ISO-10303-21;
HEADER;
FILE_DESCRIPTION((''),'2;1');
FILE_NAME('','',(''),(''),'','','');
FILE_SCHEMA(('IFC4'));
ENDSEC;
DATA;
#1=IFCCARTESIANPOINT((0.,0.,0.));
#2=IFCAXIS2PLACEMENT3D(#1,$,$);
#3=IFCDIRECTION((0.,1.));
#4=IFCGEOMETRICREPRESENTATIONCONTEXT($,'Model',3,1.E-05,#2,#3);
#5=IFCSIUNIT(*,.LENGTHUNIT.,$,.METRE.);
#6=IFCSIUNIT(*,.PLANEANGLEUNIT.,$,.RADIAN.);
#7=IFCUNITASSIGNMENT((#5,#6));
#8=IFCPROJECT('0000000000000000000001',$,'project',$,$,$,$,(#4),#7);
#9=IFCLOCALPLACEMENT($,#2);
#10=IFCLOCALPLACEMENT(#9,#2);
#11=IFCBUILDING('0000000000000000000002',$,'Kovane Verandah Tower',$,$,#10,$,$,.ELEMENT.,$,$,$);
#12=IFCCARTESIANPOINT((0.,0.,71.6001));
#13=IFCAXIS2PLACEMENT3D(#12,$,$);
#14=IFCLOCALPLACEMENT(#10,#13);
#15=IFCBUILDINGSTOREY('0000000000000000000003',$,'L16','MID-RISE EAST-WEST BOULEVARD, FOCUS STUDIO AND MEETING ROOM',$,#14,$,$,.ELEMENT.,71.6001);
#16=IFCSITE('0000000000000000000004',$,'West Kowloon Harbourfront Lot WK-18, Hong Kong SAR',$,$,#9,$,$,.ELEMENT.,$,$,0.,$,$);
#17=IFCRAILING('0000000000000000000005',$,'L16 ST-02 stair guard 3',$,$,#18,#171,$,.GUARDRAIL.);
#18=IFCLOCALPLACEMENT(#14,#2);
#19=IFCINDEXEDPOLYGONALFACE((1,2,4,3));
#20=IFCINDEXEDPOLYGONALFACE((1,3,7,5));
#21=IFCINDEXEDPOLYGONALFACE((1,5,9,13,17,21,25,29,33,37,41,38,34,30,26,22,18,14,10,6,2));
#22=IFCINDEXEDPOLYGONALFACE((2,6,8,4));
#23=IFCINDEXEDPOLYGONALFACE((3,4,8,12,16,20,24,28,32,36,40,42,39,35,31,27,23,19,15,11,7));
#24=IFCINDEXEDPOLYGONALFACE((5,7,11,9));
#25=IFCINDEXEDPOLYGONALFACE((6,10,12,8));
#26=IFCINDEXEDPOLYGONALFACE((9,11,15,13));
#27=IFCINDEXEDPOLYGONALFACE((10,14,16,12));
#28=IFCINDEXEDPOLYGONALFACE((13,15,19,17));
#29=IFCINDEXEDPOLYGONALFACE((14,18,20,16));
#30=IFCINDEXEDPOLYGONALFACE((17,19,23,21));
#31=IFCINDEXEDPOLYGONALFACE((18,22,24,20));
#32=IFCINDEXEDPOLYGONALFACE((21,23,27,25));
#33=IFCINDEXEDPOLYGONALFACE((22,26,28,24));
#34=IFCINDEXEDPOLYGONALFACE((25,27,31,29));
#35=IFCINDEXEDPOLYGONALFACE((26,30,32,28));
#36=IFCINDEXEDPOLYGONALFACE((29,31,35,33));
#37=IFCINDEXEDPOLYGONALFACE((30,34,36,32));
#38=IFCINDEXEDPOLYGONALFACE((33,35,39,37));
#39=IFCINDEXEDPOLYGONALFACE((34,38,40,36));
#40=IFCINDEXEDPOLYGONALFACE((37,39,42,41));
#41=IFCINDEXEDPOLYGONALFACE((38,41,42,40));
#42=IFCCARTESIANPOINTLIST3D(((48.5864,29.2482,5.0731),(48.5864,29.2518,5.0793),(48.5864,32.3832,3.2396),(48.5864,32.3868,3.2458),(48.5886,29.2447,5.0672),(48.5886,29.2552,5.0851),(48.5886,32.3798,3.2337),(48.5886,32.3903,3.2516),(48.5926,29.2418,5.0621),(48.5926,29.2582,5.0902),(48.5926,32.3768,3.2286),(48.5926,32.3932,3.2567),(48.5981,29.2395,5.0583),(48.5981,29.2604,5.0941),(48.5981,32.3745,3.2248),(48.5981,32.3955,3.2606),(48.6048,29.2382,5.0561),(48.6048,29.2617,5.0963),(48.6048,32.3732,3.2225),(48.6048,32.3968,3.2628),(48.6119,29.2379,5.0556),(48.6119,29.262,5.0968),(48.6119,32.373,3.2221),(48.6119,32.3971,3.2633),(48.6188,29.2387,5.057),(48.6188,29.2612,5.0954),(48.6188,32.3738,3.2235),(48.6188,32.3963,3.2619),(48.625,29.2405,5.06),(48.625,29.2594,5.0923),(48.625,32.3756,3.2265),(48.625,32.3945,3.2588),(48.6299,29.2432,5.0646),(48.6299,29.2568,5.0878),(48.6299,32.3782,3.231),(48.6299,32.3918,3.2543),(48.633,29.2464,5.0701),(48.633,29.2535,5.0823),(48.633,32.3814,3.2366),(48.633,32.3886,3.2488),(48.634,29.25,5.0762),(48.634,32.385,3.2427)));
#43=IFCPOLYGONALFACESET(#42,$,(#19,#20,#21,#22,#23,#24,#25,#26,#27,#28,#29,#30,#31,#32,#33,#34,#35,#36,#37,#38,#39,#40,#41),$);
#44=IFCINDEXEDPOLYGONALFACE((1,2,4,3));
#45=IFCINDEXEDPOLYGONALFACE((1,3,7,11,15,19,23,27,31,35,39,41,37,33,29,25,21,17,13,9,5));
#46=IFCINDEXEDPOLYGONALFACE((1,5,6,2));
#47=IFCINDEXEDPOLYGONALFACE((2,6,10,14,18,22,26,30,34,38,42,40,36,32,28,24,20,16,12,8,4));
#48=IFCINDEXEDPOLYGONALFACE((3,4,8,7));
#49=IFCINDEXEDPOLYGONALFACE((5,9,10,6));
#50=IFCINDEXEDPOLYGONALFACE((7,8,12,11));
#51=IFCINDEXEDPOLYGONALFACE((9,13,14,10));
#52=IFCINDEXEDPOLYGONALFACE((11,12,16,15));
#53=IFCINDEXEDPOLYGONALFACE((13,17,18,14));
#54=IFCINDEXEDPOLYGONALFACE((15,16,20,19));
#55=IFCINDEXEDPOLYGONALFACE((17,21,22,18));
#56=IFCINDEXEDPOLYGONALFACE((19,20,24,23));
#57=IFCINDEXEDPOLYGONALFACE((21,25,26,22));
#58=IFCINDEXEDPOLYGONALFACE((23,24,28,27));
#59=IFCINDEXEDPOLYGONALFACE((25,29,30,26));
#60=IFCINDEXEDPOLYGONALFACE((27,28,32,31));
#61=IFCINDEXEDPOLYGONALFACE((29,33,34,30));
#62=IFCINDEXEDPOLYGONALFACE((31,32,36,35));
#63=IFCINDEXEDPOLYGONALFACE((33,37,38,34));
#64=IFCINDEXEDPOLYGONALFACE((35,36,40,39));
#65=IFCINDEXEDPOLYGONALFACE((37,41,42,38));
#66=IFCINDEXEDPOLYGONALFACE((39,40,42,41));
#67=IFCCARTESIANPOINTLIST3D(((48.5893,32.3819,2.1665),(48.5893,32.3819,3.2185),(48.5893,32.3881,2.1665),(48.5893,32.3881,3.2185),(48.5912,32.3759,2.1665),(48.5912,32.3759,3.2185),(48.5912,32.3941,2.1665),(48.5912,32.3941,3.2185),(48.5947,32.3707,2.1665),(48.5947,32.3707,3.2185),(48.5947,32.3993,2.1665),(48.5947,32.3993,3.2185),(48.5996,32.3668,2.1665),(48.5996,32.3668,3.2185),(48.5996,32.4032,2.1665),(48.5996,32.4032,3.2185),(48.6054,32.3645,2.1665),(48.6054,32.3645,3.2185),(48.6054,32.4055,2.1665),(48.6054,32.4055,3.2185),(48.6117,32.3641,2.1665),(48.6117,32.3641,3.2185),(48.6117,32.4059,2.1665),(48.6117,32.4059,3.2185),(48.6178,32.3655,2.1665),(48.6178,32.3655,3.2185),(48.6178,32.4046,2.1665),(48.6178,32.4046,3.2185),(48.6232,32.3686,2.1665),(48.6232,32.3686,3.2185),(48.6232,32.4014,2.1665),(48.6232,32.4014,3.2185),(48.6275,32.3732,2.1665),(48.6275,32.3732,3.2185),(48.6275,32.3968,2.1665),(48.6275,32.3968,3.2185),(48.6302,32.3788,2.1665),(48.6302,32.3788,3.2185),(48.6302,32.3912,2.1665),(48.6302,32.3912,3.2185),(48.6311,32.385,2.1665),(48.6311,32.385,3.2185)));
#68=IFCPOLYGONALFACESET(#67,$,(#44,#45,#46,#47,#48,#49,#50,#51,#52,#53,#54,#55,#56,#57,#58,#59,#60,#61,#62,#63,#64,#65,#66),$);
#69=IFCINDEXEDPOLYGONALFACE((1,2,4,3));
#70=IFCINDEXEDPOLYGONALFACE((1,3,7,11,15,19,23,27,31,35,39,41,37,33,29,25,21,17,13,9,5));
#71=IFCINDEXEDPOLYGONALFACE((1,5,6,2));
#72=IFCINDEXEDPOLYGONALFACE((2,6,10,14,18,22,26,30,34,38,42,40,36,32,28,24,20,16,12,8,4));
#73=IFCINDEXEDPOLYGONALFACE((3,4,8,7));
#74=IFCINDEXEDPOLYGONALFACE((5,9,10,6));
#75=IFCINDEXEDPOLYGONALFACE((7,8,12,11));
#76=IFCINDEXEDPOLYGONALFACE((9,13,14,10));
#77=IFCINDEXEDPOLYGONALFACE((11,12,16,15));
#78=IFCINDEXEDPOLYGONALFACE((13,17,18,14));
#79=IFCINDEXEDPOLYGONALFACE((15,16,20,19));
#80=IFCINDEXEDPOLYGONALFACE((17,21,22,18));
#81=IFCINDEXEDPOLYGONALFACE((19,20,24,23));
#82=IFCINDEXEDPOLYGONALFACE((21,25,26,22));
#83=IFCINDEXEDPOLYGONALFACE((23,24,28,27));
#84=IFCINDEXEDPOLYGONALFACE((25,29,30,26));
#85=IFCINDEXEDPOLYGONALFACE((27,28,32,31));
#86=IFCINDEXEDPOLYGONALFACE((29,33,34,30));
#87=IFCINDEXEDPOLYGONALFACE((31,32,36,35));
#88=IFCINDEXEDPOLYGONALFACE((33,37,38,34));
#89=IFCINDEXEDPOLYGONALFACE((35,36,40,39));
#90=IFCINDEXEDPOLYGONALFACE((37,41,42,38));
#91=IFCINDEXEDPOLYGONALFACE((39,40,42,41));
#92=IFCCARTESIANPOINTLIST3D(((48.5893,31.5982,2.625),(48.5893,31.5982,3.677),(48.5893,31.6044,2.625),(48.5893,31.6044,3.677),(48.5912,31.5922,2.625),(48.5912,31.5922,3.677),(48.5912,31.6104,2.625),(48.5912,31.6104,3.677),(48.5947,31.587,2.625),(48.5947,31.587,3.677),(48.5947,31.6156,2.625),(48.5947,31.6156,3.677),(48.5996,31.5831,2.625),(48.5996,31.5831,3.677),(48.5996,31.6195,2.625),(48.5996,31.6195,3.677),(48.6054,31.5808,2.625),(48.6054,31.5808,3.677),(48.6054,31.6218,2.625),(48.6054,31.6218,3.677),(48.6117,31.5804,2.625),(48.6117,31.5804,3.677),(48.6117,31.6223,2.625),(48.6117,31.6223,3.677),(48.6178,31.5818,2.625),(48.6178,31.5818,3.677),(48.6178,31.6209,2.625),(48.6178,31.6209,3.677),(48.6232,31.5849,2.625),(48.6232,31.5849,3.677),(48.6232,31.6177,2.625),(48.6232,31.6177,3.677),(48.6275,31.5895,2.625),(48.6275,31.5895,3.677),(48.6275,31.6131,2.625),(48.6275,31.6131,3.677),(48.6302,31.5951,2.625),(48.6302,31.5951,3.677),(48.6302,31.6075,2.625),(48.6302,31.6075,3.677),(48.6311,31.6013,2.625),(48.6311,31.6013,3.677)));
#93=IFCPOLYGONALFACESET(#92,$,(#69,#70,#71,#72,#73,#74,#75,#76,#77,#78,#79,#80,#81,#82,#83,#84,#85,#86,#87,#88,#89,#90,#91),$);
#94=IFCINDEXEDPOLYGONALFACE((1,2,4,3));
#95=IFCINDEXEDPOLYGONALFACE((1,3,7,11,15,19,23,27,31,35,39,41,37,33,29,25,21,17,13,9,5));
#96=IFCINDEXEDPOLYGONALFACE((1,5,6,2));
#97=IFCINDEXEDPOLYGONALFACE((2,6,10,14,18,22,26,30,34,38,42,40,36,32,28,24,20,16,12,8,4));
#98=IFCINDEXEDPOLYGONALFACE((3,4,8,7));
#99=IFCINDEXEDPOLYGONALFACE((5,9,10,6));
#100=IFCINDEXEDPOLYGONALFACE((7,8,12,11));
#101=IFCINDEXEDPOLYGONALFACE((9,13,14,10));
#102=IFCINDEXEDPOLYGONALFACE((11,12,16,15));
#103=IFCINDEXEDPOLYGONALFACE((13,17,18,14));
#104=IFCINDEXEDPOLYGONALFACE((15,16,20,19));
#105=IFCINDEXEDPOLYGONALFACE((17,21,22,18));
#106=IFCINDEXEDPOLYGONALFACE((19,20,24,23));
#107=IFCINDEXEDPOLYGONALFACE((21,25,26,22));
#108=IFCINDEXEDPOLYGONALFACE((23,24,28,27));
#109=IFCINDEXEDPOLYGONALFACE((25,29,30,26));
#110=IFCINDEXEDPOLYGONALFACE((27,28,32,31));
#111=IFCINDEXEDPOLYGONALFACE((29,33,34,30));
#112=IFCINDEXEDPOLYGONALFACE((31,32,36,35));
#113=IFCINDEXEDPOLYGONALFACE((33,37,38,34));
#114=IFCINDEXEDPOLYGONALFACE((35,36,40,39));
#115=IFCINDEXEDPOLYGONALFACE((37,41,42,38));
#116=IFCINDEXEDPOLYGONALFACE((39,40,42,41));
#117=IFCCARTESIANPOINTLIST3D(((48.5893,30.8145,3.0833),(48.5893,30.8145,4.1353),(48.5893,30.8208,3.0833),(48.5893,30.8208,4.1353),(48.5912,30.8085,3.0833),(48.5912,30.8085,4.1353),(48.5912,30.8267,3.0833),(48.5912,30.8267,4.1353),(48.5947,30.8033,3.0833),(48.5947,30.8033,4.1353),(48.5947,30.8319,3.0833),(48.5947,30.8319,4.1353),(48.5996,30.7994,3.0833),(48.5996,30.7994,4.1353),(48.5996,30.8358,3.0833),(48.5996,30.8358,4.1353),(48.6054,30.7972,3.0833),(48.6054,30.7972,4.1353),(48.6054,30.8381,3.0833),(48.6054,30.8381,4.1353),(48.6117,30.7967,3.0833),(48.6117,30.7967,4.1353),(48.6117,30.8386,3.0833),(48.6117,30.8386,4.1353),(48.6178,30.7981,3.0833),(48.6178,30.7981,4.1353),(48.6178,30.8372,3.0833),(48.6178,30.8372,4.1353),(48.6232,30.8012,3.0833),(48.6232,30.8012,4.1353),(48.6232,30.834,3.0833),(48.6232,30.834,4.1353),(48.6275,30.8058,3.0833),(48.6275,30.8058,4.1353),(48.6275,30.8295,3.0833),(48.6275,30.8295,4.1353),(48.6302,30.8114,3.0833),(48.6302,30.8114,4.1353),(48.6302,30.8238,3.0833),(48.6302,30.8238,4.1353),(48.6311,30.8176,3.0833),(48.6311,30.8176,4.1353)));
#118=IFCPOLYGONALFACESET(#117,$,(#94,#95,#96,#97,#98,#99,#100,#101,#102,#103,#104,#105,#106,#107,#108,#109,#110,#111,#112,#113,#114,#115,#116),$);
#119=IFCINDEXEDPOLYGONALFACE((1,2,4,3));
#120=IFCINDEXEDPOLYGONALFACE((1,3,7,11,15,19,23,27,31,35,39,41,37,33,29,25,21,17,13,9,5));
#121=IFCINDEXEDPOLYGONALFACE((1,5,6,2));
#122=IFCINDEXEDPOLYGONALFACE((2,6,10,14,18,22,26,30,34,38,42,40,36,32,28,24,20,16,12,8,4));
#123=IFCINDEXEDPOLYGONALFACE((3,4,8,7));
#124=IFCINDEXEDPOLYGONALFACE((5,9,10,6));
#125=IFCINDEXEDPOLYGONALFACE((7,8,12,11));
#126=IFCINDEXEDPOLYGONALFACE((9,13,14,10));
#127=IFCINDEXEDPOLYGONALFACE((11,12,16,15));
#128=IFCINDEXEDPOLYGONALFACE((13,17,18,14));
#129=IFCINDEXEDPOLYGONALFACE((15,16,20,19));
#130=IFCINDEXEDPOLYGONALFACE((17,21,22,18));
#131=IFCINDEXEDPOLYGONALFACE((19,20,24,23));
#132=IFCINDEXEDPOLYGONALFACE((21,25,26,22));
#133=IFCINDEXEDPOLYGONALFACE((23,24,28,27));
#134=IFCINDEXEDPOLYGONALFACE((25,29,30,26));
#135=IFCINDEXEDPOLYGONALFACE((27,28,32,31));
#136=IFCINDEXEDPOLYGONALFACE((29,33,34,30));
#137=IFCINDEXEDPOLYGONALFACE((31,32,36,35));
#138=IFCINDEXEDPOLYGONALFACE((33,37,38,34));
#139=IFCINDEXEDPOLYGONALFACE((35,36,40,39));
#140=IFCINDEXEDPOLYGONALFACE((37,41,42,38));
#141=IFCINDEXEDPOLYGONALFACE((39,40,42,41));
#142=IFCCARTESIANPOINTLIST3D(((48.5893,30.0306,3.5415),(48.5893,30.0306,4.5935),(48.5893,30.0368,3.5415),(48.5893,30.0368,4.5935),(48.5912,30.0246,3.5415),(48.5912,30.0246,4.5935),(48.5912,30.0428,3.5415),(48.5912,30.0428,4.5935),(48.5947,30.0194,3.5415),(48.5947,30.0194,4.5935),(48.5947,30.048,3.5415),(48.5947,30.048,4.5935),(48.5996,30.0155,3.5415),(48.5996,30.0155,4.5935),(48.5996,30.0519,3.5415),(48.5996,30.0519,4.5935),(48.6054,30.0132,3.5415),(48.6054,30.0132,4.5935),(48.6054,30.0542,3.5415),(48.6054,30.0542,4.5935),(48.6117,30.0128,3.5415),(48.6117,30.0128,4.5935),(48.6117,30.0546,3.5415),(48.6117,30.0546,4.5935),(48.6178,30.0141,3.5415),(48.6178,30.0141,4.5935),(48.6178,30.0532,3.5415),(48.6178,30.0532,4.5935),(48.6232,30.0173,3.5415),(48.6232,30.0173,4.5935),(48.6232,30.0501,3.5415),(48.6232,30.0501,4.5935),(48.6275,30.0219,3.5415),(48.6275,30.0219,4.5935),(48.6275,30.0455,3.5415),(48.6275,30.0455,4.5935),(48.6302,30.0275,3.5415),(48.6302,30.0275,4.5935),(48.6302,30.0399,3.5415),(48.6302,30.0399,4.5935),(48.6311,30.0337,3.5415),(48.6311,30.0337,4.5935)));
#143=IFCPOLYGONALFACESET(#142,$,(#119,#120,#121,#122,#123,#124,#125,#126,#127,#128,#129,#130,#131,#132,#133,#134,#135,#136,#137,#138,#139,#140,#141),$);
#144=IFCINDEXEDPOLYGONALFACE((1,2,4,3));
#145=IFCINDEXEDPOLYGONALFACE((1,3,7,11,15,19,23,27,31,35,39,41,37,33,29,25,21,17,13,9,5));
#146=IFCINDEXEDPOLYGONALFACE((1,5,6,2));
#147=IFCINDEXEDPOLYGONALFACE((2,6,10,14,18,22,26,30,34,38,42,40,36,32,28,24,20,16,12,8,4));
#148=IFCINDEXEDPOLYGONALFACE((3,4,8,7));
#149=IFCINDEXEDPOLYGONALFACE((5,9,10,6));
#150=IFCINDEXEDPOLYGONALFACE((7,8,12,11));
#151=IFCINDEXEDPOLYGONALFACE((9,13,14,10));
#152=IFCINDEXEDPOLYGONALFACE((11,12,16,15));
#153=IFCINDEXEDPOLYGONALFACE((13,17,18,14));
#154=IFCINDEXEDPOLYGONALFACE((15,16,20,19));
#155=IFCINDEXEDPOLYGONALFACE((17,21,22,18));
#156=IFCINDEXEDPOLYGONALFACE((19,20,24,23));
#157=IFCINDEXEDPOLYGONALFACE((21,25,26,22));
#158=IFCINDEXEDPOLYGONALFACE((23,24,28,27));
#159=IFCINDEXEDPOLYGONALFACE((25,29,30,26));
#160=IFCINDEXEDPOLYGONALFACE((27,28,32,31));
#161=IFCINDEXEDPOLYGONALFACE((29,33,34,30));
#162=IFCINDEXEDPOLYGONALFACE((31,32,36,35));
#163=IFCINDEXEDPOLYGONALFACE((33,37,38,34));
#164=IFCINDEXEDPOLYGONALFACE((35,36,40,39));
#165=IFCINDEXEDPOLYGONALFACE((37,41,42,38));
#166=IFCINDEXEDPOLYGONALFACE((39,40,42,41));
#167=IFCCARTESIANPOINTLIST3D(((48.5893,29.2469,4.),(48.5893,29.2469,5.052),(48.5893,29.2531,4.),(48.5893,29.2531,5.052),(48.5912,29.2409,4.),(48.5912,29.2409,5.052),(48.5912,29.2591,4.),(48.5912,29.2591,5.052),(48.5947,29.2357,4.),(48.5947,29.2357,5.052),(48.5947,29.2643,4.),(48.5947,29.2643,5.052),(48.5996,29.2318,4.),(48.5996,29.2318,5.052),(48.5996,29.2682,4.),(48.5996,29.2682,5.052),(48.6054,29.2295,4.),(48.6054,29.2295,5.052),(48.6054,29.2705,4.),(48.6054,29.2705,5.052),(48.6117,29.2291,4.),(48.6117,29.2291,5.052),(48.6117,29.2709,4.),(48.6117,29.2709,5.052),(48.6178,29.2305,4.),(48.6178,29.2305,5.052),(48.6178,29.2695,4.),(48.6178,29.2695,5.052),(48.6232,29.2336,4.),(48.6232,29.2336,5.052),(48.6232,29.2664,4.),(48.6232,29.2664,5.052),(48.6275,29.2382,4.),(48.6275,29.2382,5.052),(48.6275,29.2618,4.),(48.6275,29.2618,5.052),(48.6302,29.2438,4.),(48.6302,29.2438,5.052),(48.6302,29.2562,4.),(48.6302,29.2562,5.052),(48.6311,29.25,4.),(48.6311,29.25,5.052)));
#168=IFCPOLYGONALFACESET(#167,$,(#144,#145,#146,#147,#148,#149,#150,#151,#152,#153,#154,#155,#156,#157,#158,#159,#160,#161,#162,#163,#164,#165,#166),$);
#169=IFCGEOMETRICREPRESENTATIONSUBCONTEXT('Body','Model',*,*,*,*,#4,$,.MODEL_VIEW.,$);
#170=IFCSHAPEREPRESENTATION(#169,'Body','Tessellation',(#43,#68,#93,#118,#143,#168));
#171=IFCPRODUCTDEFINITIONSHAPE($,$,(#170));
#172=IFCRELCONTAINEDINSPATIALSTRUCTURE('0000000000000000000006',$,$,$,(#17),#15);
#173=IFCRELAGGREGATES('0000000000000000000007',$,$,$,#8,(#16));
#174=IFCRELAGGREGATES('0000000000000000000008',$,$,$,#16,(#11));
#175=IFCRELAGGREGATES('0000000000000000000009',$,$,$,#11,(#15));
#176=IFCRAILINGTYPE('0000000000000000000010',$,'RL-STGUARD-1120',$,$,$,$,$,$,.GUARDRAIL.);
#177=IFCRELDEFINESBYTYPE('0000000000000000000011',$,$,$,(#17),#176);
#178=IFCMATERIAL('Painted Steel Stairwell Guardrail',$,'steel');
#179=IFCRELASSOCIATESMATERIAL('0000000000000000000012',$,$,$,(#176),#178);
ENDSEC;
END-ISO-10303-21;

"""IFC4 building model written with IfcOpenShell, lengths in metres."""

from ifc_helpers import new_model, si_unit, direction, frame, origin, origin_2d, place, context, subcontext, project, spatial, circle, extrude, material, type_object, element, save


model = new_model("IFC4")

# Units and contexts
model_context = context("Model", 3, precision=1e-05, world=origin(), true_north=direction((0.0, 1.0)))
body_context = subcontext(model_context, "Body", "Model", "MODEL_VIEW")
ifc_project = project(units=[si_unit("LENGTHUNIT", "METRE"), si_unit("PLANEANGLEUNIT", "RADIAN")], contexts=[model_context])

# Site, building, storey
site_placement = place(None, origin())
site = spatial("IfcSite", under=ifc_project, at=site_placement, Name="West Kowloon Harbourfront Lot WK-18, Hong Kong SAR", CompositionType="ELEMENT", RefElevation=0.0)
building_placement = place(site_placement, origin())
building = spatial("IfcBuilding", under=site, at=building_placement, Name="Kovane Verandah Tower", CompositionType="ELEMENT")
storey_placement = place(building_placement, frame((0.0, 0.0, 71.6001)))
storey = spatial("IfcBuildingStorey", under=building, at=storey_placement, Name="L16", Description="MID-RISE EAST-WEST BOULEVARD, FOCUS STUDIO AND MEETING ROOM", CompositionType="ELEMENT", Elevation=71.6001)

# Railing
ifc_material_1 = material(Name="Painted Steel Stairwell Guardrail", Category="steel")
railing_type_1 = type_object("IfcRailingType", Name="RL-STGUARD-1120", PredefinedType="GUARDRAIL", material=ifc_material_1)
railing_1_placement = place(storey_placement, frame((48.6101, 32.385, 2.1665)))
element("IfcRailing", 1, at=railing_1_placement, inside=storey, type_object=railing_type_1, Name="L16 ST-02 stair guard 3", PredefinedType="GUARDRAIL", context=body_context, shape_type="SweptSolid", body=[
    extrude(circle(Radius=0.0239, at=origin_2d()), frame((0.0, 0.0, 1.0762), z_axis=(0.0, -0.86321, 0.504845), x_axis=(1.0, 0.0, 0.0)), (0.0, 0.0, 1.0), 3.6318),
    extrude(circle(Radius=0.021, at=origin_2d()), origin(), (0.0, 0.0, 1.0), 1.052),
    extrude(circle(Radius=0.021, at=origin_2d()), frame((0.0, -0.7837, 0.4585)), (0.0, 0.0, 1.0), 1.052),
    extrude(circle(Radius=0.021, at=origin_2d()), frame((0.0, -1.5674, 0.9167)), (0.0, 0.0, 1.0), 1.052),
    extrude(circle(Radius=0.021, at=origin_2d()), frame((0.0, -2.3513, 1.375)), (0.0, 0.0, 1.0), 1.052),
    extrude(circle(Radius=0.021, at=origin_2d()), frame((0.0, -3.135, 1.8335)), (0.0, 0.0, 1.0), 1.052),
])

save(model, "model.ifc")
